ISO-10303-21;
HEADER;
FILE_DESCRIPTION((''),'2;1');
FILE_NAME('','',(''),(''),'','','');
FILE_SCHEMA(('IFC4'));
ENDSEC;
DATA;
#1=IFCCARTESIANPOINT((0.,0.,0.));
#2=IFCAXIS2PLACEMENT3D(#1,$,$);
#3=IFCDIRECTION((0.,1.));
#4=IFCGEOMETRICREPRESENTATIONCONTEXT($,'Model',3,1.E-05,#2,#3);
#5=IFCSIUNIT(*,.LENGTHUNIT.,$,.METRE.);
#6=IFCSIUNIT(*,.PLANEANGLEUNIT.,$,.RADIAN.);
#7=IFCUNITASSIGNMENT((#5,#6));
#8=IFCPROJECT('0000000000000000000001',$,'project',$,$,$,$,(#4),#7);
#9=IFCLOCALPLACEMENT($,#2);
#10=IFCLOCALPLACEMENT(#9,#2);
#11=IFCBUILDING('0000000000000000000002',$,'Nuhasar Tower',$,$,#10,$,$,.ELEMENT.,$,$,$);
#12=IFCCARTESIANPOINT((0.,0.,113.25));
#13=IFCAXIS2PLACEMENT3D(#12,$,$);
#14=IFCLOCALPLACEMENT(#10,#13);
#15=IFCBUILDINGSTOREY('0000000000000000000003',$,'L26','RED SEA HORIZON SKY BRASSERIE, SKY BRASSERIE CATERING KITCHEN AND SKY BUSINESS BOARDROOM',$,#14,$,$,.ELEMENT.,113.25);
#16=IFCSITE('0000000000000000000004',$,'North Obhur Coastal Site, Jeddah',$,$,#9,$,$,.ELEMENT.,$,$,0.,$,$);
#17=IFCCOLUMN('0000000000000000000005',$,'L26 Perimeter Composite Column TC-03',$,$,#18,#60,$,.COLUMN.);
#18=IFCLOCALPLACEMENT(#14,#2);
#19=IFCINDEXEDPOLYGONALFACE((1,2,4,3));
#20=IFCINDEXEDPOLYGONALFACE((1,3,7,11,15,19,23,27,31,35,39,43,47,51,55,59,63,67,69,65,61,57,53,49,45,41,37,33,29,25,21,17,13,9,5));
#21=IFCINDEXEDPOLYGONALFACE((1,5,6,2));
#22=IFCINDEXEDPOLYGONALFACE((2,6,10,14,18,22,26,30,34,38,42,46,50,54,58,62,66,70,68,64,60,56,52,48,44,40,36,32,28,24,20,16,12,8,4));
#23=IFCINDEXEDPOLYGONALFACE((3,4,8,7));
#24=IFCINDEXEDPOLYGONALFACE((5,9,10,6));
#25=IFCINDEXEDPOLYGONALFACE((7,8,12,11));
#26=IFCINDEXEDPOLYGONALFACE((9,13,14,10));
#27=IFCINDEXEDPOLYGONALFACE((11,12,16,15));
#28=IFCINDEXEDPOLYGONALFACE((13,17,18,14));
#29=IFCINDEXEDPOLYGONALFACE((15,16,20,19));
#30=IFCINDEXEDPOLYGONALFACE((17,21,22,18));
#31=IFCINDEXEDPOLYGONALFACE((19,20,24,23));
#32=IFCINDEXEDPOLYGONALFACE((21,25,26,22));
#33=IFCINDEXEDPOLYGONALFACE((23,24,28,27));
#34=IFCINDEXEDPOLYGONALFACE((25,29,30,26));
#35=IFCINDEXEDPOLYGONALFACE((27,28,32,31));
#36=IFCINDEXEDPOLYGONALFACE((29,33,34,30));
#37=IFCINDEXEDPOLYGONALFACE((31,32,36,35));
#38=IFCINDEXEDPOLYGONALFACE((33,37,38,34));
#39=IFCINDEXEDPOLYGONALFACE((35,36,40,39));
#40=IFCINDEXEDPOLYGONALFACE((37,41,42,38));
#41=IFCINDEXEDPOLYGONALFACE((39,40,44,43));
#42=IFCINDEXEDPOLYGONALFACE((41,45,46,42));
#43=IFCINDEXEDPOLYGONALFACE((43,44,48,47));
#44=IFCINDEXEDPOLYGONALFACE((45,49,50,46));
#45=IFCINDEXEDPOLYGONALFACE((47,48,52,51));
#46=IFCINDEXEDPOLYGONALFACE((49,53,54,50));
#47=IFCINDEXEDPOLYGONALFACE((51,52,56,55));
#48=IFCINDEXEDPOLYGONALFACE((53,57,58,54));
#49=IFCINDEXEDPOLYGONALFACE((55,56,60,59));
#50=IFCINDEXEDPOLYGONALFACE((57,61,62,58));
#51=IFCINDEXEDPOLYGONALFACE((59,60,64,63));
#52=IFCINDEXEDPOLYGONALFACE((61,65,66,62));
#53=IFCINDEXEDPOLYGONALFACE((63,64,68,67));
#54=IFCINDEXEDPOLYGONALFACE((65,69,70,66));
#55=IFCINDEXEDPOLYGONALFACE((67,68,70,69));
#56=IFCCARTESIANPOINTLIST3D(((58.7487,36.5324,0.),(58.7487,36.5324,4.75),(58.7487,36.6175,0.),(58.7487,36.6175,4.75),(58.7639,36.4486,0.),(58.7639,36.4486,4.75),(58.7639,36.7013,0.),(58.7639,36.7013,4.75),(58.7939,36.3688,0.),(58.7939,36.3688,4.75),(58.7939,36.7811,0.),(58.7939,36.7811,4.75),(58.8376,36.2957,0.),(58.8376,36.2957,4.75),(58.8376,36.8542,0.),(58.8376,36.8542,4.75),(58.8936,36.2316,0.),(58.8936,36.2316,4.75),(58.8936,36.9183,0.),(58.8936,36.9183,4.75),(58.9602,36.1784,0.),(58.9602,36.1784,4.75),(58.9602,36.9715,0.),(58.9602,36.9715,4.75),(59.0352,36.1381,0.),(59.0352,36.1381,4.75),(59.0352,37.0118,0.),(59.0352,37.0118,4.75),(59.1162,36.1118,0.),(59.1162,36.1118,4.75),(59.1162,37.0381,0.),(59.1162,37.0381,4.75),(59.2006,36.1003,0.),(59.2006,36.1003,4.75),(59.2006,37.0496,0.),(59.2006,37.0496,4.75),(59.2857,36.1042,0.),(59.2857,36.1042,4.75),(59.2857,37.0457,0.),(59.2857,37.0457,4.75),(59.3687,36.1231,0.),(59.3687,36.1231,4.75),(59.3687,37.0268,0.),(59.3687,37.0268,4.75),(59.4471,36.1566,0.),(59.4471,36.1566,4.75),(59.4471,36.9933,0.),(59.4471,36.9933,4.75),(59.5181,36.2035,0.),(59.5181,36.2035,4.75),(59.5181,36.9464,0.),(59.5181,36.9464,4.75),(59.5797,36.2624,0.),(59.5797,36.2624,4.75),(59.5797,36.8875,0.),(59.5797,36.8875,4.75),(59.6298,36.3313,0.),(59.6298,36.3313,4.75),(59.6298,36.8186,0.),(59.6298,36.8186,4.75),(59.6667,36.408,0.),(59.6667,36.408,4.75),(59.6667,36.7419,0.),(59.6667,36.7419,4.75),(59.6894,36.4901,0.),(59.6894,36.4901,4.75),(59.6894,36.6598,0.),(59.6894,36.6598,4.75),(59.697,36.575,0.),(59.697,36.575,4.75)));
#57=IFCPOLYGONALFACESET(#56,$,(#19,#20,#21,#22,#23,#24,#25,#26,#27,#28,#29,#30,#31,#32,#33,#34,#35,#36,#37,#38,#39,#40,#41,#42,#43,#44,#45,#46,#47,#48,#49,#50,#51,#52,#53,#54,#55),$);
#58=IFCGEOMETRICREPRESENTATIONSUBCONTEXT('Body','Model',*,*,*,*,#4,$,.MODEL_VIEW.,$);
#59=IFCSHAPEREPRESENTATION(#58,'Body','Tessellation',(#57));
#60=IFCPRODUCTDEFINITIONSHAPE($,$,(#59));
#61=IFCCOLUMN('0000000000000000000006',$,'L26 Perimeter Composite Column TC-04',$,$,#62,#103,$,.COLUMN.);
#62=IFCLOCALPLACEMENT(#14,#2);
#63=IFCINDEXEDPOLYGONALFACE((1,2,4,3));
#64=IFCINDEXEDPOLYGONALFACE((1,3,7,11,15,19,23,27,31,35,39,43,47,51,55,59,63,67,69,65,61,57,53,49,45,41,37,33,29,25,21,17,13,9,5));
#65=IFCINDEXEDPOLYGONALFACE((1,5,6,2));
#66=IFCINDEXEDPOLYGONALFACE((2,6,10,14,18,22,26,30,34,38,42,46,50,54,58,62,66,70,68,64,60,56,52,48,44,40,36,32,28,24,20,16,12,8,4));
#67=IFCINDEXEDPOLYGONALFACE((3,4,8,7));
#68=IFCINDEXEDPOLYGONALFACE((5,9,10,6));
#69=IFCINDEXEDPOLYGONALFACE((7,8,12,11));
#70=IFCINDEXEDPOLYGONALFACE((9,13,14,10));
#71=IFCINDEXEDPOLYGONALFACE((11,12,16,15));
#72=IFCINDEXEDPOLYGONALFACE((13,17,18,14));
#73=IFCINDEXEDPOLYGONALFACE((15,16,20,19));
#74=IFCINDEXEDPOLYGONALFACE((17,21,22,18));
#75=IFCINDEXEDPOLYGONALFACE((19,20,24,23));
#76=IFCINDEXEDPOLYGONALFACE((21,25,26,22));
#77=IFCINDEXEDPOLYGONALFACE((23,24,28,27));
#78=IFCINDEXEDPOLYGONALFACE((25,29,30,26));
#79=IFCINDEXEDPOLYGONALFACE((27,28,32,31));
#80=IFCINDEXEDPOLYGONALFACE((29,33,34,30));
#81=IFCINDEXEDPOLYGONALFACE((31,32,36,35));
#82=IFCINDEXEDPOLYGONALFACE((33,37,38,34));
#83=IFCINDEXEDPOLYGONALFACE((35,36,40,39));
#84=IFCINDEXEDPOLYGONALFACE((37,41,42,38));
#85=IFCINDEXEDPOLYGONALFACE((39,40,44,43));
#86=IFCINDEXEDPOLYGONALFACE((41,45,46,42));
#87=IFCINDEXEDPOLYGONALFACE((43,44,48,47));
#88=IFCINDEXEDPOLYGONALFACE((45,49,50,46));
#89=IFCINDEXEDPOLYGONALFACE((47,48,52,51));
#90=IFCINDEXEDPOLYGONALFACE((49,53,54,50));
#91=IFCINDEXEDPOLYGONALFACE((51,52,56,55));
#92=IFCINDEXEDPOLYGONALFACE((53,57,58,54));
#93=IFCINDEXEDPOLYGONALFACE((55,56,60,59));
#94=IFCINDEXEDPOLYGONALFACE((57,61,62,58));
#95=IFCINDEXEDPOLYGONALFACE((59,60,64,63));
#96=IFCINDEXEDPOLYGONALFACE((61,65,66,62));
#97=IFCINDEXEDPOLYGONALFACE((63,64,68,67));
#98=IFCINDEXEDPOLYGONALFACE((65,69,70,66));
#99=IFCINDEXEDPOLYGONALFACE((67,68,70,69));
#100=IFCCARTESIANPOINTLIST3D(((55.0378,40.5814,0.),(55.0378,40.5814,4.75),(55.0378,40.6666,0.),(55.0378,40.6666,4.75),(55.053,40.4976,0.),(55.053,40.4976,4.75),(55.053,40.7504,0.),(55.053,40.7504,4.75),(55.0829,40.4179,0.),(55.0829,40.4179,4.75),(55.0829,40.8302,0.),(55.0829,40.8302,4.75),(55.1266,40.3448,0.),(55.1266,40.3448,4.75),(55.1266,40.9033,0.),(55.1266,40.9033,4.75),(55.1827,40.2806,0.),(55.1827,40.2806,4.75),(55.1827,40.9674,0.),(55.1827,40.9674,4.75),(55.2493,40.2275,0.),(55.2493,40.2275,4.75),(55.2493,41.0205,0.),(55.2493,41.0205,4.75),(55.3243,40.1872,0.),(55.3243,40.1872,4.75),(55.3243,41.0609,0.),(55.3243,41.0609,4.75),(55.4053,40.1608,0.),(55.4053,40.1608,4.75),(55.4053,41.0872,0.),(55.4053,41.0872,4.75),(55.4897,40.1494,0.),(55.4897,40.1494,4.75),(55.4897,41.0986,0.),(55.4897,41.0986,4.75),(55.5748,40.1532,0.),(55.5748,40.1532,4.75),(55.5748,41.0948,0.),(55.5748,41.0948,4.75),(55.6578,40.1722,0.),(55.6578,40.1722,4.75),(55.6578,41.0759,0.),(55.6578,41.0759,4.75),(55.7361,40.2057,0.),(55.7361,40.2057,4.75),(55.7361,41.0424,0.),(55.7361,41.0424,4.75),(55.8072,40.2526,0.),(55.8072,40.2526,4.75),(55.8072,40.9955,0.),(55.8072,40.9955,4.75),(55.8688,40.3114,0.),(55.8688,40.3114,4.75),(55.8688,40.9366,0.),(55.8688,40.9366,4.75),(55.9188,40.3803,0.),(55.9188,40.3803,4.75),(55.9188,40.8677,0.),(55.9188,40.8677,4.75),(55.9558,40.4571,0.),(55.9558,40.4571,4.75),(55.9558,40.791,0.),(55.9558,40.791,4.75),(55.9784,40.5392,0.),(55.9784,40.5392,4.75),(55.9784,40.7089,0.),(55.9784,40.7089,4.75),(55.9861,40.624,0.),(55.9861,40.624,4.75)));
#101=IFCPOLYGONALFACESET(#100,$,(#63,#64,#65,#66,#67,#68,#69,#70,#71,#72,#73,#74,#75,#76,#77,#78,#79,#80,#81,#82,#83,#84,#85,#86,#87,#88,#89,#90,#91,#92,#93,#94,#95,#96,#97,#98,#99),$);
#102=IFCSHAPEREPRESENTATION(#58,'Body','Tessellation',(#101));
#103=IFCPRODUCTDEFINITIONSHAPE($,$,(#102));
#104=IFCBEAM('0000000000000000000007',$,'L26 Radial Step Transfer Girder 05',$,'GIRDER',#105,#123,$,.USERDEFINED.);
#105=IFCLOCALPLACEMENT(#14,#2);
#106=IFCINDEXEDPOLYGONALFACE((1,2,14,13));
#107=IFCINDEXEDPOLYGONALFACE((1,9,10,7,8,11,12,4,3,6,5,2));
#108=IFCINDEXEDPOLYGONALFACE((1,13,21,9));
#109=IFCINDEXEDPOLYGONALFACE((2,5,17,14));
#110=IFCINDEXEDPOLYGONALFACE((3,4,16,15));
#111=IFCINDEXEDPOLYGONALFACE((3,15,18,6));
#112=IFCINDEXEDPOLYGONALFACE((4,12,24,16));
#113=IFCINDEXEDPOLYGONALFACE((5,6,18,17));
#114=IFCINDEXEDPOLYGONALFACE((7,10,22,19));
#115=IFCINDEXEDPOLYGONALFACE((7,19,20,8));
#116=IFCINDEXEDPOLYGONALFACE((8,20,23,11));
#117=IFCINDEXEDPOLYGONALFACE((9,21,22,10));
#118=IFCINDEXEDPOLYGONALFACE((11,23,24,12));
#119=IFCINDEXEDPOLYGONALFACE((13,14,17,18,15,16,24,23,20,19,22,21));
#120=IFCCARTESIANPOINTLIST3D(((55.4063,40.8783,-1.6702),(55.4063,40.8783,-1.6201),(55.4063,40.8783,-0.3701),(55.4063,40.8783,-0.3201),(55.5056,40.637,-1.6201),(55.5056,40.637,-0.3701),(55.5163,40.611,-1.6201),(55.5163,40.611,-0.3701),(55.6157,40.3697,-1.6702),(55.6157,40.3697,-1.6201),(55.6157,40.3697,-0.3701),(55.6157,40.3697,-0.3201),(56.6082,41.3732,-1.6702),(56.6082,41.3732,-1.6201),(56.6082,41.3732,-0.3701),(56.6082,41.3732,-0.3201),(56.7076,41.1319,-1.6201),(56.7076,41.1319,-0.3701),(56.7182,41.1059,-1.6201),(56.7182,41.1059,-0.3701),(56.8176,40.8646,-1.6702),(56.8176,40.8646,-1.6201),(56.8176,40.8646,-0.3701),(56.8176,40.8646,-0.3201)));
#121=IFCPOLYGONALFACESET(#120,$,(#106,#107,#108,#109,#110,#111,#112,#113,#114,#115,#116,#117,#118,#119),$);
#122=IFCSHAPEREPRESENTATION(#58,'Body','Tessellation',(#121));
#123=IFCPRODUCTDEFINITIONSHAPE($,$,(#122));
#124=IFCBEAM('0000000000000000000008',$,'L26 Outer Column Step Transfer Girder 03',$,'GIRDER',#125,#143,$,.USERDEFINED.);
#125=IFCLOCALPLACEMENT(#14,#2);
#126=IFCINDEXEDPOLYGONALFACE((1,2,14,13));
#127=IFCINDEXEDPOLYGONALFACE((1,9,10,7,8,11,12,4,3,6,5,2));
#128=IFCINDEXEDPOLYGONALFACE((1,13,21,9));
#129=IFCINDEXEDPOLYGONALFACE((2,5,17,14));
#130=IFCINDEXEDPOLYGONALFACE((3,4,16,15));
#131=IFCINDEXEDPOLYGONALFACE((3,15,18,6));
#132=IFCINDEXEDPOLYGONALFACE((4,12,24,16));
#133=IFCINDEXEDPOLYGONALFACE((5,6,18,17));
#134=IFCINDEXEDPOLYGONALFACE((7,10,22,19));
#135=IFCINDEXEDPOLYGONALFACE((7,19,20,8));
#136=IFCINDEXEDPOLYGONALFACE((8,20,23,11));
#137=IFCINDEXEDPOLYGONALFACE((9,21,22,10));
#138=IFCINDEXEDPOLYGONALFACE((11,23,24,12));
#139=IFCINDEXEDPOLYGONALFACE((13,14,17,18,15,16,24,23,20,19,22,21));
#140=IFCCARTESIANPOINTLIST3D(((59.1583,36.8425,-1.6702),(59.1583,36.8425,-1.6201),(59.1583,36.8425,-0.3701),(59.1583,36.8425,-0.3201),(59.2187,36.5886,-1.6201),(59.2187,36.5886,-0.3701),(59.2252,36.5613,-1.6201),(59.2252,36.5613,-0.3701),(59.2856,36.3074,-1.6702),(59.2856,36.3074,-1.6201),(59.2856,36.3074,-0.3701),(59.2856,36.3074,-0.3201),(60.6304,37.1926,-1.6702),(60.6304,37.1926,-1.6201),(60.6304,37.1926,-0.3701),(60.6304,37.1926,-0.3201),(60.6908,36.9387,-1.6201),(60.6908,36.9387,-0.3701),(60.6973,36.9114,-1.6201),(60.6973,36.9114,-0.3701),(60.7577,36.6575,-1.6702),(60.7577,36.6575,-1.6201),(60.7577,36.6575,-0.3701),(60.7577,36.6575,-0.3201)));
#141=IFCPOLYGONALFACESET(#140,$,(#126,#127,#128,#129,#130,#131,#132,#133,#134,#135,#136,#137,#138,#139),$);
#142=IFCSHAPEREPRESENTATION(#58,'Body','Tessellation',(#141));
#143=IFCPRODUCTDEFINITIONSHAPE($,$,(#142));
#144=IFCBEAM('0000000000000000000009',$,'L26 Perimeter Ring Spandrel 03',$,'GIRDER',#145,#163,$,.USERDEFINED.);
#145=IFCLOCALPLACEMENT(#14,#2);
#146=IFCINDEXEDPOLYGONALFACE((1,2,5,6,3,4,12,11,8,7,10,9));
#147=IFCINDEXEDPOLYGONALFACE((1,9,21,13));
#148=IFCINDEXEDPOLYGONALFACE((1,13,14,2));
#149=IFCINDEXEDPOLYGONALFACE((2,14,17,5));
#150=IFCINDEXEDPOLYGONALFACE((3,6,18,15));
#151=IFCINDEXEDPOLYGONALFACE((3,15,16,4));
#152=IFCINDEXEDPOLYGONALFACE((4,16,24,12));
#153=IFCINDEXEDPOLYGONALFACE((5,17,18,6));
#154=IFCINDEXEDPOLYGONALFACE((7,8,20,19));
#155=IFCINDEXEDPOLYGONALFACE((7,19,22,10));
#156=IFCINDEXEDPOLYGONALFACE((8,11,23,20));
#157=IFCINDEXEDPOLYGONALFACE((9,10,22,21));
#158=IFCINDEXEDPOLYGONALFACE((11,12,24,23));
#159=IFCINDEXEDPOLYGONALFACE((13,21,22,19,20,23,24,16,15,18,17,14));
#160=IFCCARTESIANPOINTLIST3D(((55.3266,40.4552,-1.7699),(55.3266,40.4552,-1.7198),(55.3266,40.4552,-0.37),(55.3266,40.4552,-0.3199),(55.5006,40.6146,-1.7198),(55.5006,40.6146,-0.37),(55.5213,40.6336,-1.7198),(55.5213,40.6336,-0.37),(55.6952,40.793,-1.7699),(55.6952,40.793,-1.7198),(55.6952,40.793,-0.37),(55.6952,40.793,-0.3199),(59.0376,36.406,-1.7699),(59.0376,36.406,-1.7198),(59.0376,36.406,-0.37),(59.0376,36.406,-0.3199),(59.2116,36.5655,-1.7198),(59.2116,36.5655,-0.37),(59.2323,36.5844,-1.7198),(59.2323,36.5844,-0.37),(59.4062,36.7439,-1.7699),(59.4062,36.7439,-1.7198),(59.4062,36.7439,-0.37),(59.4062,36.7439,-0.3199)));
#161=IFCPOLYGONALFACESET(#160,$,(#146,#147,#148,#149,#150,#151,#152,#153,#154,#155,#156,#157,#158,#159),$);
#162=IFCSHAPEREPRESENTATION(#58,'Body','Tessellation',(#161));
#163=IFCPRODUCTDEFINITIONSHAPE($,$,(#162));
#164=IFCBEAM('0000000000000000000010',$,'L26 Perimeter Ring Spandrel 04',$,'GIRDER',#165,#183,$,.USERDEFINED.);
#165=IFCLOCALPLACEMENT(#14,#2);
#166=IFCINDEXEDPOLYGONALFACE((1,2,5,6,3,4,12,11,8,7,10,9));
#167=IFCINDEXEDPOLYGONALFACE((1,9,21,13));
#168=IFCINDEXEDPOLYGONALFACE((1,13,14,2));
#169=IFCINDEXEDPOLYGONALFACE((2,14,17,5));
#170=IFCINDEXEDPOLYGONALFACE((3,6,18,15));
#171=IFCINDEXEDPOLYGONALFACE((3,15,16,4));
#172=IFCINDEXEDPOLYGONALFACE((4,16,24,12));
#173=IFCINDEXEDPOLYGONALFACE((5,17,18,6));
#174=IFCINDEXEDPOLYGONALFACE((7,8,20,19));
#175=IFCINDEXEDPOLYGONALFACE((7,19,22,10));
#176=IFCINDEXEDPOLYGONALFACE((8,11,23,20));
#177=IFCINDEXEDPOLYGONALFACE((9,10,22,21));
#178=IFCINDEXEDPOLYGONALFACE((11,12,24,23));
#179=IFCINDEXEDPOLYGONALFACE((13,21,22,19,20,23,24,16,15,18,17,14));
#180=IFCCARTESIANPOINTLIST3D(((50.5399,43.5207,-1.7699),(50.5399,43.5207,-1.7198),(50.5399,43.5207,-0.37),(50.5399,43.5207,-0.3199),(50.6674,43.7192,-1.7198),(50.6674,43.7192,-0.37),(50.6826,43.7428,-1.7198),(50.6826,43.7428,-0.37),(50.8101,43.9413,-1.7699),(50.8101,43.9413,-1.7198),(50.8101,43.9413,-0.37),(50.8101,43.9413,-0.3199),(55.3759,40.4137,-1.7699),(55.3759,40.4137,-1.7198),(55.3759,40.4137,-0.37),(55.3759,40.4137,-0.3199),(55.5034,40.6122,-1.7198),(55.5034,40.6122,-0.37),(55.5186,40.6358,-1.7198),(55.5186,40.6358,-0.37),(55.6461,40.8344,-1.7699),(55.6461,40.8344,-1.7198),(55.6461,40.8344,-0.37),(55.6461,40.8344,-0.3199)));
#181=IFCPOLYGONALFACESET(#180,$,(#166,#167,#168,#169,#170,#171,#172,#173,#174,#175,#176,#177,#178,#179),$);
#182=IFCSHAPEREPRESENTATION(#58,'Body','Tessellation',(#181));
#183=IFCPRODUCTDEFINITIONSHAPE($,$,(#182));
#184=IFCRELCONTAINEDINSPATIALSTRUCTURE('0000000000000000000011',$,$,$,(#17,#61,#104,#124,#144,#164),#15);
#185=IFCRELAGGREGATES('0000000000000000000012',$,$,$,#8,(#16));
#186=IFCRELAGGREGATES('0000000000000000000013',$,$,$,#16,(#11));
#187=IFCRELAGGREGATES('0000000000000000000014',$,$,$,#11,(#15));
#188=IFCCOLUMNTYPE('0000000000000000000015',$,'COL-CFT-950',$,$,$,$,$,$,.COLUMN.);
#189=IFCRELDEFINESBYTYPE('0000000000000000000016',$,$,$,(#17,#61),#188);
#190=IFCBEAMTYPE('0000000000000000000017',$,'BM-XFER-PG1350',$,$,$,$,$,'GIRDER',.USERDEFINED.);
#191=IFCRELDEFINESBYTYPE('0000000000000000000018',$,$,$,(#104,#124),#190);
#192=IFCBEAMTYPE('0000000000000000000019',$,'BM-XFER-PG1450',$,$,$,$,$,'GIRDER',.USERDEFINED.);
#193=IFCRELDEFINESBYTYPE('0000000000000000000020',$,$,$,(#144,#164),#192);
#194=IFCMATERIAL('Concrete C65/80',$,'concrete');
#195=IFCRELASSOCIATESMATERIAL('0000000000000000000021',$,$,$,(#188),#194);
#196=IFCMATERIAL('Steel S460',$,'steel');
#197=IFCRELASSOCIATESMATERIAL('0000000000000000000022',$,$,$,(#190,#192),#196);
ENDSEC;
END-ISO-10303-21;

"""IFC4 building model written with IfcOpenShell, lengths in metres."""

from ifc_helpers import new_model, si_unit, direction, frame, origin, origin_2d, place, context, subcontext, project, spatial, circle, i_section, extrude, material, material_profile, profile_set, type_object, element, save


model = new_model("IFC4")

# Units and contexts
model_context = context("Model", 3, precision=1e-05, world=origin(), true_north=direction((0.0, 1.0)))
body_context = subcontext(model_context, "Body", "Model", "MODEL_VIEW")
ifc_project = project(units=[si_unit("LENGTHUNIT", "METRE"), si_unit("PLANEANGLEUNIT", "RADIAN")], contexts=[model_context])

# Site, building, storey
site_placement = place(None, origin())
site = spatial("IfcSite", under=ifc_project, at=site_placement, Name="North Obhur Coastal Site, Jeddah", CompositionType="ELEMENT", RefElevation=0.0)
building_placement = place(site_placement, origin())
building = spatial("IfcBuilding", under=site, at=building_placement, Name="Nuhasar Tower", CompositionType="ELEMENT")
storey_placement = place(building_placement, frame((0.0, 0.0, 113.25)))
storey = spatial("IfcBuildingStorey", under=building, at=storey_placement, Name="L26", Description="RED SEA HORIZON SKY BRASSERIE, SKY BRASSERIE CATERING KITCHEN AND SKY BUSINESS BOARDROOM", CompositionType="ELEMENT", Elevation=113.25)

# Columns
ifc_material_1 = material(Name="Concrete C65/80", Category="concrete")
ifc_material_profile_1 = material_profile(ifc_material_1, circle(Radius=0.4751, at=origin_2d()), Name="CFT950")
ifc_profile_set_1 = profile_set([ifc_material_profile_1], Name="Concrete C65/80")
column_type = type_object("IfcColumnType", Name="COL-CFT-950", PredefinedType="COLUMN", material=ifc_profile_set_1)
for number, where, z_axis, x_axis, name in (
    (1, (59.2219, 36.575, 0.0), (0.0, 0.0, 1.0), (1.0, 0.0, 0.0), "L26 Perimeter Composite Column TC-03"),
    (2, (55.511, 40.624, 0.0), (0.0, 0.0, 1.0), (1.0, 0.0, 0.0), "L26 Perimeter Composite Column TC-04"),
):
    element("IfcColumn", number, at=place(storey_placement, frame(where, z_axis=z_axis, x_axis=x_axis)), inside=storey, type_object=column_type, Name=name, PredefinedType="COLUMN", context=body_context, shape_type="SweptSolid", body=[
        extrude(circle(Radius=0.4751, at=origin_2d()), origin(), (0.0, 0.0, 1.0), 4.75),
    ])

# Beams
ifc_material_2 = material(Name="Steel S460", Category="steel")
ifc_material_profile_2 = material_profile(ifc_material_2, i_section(OverallWidth=0.55, OverallDepth=1.3501, WebThickness=0.0281, FlangeThickness=0.05, at=origin_2d()), Name="PG1350X550")
ifc_profile_set_2 = profile_set([ifc_material_profile_2], Name="Steel S460")
beam_type_1 = type_object("IfcBeamType", Name="BM-XFER-PG1350", ElementType="GIRDER", PredefinedType="USERDEFINED", material=ifc_profile_set_2)
beam_1_placement = place(storey_placement, frame((55.511, 40.624, -0.9951), z_axis=(0.924686, 0.380731, 0.0), x_axis=(-0.380731, 0.924686, 0.0)))
element("IfcBeam", 3, at=beam_1_placement, inside=storey, type_object=beam_type_1, Name="L26 Radial Step Transfer Girder 05", ObjectType="GIRDER", PredefinedType="USERDEFINED", context=body_context, shape_type="SweptSolid", body=[
    extrude(i_section(OverallWidth=0.55, OverallDepth=1.3501, WebThickness=0.0281, FlangeThickness=0.05, at=origin_2d()), origin(), (0.0, 0.0, 1.0), 1.2998),
])
beam_2_placement = place(storey_placement, frame((59.2219, 36.575, -0.9951), z_axis=(0.972868, 0.231359, 0.0), x_axis=(-0.231359, 0.972868, 0.0)))
element("IfcBeam", 4, at=beam_2_placement, inside=storey, type_object=beam_type_1, Name="L26 Outer Column Step Transfer Girder 03", ObjectType="GIRDER", PredefinedType="USERDEFINED", context=body_context, shape_type="SweptSolid", body=[
    extrude(i_section(OverallWidth=0.55, OverallDepth=1.3501, WebThickness=0.0281, FlangeThickness=0.05, at=origin_2d()), origin(), (0.0, 0.0, 1.0), 1.5132),
])
ifc_material_profile_3 = material_profile(ifc_material_2, i_section(OverallWidth=0.5, OverallDepth=1.45, WebThickness=0.0281, FlangeThickness=0.05, at=origin_2d()), Name="PG1450X500")
ifc_profile_set_3 = profile_set([ifc_material_profile_3], Name="Steel S460")
beam_type_2 = type_object("IfcBeamType", Name="BM-XFER-PG1450", ElementType="GIRDER", PredefinedType="USERDEFINED", material=ifc_profile_set_3)
beam_3_placement = place(storey_placement, frame((59.2219, 36.575, -1.0449), z_axis=(-0.675654, 0.737219, 0.0), x_axis=(-0.737219, -0.675654, 0.0)))
element("IfcBeam", 5, at=beam_3_placement, inside=storey, type_object=beam_type_2, Name="L26 Perimeter Ring Spandrel 03", ObjectType="GIRDER", PredefinedType="USERDEFINED", context=body_context, shape_type="SweptSolid", body=[
    extrude(i_section(OverallWidth=0.5, OverallDepth=1.45, WebThickness=0.0281, FlangeThickness=0.05, at=origin_2d()), origin(), (0.0, 0.0, 1.0), 5.4924),
])
beam_4_placement = place(storey_placement, frame((55.511, 40.624, -1.0449), z_axis=(-0.841327, 0.540526, 0.0), x_axis=(-0.540526, -0.841327, 0.0)))
element("IfcBeam", 6, at=beam_4_placement, inside=storey, type_object=beam_type_2, Name="L26 Perimeter Ring Spandrel 04", ObjectType="GIRDER", PredefinedType="USERDEFINED", context=body_context, shape_type="SweptSolid", body=[
    extrude(i_section(OverallWidth=0.5, OverallDepth=1.45, WebThickness=0.0281, FlangeThickness=0.05, at=origin_2d()), origin(), (0.0, 0.0, 1.0), 5.748),
])

save(model, "model.ifc")
